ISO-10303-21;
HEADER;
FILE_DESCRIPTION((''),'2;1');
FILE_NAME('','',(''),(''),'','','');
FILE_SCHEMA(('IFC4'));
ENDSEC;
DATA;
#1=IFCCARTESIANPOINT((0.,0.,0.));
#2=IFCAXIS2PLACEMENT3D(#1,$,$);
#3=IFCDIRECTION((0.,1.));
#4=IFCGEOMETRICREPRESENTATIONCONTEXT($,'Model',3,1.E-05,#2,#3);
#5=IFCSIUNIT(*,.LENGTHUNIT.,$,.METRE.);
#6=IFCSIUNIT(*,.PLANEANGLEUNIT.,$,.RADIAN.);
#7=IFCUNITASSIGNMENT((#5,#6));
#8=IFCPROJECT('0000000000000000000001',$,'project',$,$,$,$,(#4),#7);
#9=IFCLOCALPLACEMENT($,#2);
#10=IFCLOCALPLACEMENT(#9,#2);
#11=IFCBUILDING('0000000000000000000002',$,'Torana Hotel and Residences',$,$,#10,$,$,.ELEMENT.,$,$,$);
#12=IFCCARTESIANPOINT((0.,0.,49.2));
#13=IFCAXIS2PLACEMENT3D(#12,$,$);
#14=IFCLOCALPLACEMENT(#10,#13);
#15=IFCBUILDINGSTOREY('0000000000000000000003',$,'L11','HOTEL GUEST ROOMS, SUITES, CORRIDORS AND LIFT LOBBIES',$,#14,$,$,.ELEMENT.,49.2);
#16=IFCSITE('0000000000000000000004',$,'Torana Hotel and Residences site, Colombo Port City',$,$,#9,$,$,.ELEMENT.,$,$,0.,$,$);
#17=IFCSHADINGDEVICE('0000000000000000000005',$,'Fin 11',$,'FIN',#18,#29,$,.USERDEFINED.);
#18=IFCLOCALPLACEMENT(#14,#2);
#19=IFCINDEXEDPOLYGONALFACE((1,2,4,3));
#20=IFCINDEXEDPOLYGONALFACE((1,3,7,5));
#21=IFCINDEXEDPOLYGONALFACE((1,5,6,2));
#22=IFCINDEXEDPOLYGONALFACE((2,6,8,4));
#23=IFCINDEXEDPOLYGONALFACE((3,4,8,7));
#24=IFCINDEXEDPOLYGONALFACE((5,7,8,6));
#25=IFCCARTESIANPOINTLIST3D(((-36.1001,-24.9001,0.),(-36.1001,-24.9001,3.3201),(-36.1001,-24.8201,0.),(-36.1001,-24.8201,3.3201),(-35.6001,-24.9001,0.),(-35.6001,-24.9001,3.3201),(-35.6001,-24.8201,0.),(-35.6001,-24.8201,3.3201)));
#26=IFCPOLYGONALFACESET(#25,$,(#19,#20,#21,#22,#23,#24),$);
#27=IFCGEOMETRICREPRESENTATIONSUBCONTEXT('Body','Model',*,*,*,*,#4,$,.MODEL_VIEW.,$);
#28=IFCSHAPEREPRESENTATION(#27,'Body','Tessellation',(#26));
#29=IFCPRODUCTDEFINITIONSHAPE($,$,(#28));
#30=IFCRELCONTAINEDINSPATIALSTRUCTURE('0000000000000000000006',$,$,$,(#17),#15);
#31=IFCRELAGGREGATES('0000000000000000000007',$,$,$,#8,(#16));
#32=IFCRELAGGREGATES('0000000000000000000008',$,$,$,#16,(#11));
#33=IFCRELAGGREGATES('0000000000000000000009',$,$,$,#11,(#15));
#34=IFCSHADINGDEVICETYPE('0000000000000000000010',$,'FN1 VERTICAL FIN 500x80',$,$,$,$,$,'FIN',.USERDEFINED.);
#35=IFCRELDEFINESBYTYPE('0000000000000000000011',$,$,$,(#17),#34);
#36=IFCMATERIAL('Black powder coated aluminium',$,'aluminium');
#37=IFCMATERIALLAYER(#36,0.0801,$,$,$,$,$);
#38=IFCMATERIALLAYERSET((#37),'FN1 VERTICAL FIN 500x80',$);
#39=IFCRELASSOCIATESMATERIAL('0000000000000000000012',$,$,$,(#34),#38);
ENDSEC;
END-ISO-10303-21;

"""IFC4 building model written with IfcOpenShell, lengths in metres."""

from ifc_helpers import new_model, si_unit, direction, frame, origin, origin_2d, place, context, subcontext, project, spatial, rectangle, extrude, material, layer, layer_set, type_object, element, save


model = new_model("IFC4")

# Units and contexts
model_context = context("Model", 3, precision=1e-05, world=origin(), true_north=direction((0.0, 1.0)))
body_context = subcontext(model_context, "Body", "Model", "MODEL_VIEW")
ifc_project = project(units=[si_unit("LENGTHUNIT", "METRE"), si_unit("PLANEANGLEUNIT", "RADIAN")], contexts=[model_context])

# Site, building, storey
site_placement = place(None, origin())
site = spatial("IfcSite", under=ifc_project, at=site_placement, Name="Torana Hotel and Residences site, Colombo Port City", CompositionType="ELEMENT", RefElevation=0.0)
building_placement = place(site_placement, origin())
building = spatial("IfcBuilding", under=site, at=building_placement, Name="Torana Hotel and Residences", CompositionType="ELEMENT")
storey_placement = place(building_placement, frame((0.0, 0.0, 49.2)))
storey = spatial("IfcBuildingStorey", under=building, at=storey_placement, Name="L11", Description="HOTEL GUEST ROOMS, SUITES, CORRIDORS AND LIFT LOBBIES", CompositionType="ELEMENT", Elevation=49.2)

# Shading device
ifc_material_1 = material(Name="Black powder coated aluminium", Category="aluminium")
ifc_layer_1 = layer(ifc_material_1, 0.0801)
ifc_layer_set_1 = layer_set([ifc_layer_1], Name="FN1 VERTICAL FIN 500x80")
shading_device_type = type_object("IfcShadingDeviceType", Name="FN1 VERTICAL FIN 500x80", ElementType="FIN", PredefinedType="USERDEFINED", material=ifc_layer_set_1)
shading_device_placement = place(storey_placement, frame((-35.8501, -24.8601, 0.0), z_axis=(0.0, 0.0, 1.0), x_axis=(0.0, 1.0, 0.0)))
element("IfcShadingDevice", 1, at=shading_device_placement, inside=storey, type_object=shading_device_type, Name="Fin 11", ObjectType="FIN", PredefinedType="USERDEFINED", context=body_context, shape_type="SweptSolid", body=[
    extrude(rectangle(XDim=0.0801, YDim=0.5, at=origin_2d()), origin(), (0.0, 0.0, 1.0), 3.3201),
])

save(model, "model.ifc")
